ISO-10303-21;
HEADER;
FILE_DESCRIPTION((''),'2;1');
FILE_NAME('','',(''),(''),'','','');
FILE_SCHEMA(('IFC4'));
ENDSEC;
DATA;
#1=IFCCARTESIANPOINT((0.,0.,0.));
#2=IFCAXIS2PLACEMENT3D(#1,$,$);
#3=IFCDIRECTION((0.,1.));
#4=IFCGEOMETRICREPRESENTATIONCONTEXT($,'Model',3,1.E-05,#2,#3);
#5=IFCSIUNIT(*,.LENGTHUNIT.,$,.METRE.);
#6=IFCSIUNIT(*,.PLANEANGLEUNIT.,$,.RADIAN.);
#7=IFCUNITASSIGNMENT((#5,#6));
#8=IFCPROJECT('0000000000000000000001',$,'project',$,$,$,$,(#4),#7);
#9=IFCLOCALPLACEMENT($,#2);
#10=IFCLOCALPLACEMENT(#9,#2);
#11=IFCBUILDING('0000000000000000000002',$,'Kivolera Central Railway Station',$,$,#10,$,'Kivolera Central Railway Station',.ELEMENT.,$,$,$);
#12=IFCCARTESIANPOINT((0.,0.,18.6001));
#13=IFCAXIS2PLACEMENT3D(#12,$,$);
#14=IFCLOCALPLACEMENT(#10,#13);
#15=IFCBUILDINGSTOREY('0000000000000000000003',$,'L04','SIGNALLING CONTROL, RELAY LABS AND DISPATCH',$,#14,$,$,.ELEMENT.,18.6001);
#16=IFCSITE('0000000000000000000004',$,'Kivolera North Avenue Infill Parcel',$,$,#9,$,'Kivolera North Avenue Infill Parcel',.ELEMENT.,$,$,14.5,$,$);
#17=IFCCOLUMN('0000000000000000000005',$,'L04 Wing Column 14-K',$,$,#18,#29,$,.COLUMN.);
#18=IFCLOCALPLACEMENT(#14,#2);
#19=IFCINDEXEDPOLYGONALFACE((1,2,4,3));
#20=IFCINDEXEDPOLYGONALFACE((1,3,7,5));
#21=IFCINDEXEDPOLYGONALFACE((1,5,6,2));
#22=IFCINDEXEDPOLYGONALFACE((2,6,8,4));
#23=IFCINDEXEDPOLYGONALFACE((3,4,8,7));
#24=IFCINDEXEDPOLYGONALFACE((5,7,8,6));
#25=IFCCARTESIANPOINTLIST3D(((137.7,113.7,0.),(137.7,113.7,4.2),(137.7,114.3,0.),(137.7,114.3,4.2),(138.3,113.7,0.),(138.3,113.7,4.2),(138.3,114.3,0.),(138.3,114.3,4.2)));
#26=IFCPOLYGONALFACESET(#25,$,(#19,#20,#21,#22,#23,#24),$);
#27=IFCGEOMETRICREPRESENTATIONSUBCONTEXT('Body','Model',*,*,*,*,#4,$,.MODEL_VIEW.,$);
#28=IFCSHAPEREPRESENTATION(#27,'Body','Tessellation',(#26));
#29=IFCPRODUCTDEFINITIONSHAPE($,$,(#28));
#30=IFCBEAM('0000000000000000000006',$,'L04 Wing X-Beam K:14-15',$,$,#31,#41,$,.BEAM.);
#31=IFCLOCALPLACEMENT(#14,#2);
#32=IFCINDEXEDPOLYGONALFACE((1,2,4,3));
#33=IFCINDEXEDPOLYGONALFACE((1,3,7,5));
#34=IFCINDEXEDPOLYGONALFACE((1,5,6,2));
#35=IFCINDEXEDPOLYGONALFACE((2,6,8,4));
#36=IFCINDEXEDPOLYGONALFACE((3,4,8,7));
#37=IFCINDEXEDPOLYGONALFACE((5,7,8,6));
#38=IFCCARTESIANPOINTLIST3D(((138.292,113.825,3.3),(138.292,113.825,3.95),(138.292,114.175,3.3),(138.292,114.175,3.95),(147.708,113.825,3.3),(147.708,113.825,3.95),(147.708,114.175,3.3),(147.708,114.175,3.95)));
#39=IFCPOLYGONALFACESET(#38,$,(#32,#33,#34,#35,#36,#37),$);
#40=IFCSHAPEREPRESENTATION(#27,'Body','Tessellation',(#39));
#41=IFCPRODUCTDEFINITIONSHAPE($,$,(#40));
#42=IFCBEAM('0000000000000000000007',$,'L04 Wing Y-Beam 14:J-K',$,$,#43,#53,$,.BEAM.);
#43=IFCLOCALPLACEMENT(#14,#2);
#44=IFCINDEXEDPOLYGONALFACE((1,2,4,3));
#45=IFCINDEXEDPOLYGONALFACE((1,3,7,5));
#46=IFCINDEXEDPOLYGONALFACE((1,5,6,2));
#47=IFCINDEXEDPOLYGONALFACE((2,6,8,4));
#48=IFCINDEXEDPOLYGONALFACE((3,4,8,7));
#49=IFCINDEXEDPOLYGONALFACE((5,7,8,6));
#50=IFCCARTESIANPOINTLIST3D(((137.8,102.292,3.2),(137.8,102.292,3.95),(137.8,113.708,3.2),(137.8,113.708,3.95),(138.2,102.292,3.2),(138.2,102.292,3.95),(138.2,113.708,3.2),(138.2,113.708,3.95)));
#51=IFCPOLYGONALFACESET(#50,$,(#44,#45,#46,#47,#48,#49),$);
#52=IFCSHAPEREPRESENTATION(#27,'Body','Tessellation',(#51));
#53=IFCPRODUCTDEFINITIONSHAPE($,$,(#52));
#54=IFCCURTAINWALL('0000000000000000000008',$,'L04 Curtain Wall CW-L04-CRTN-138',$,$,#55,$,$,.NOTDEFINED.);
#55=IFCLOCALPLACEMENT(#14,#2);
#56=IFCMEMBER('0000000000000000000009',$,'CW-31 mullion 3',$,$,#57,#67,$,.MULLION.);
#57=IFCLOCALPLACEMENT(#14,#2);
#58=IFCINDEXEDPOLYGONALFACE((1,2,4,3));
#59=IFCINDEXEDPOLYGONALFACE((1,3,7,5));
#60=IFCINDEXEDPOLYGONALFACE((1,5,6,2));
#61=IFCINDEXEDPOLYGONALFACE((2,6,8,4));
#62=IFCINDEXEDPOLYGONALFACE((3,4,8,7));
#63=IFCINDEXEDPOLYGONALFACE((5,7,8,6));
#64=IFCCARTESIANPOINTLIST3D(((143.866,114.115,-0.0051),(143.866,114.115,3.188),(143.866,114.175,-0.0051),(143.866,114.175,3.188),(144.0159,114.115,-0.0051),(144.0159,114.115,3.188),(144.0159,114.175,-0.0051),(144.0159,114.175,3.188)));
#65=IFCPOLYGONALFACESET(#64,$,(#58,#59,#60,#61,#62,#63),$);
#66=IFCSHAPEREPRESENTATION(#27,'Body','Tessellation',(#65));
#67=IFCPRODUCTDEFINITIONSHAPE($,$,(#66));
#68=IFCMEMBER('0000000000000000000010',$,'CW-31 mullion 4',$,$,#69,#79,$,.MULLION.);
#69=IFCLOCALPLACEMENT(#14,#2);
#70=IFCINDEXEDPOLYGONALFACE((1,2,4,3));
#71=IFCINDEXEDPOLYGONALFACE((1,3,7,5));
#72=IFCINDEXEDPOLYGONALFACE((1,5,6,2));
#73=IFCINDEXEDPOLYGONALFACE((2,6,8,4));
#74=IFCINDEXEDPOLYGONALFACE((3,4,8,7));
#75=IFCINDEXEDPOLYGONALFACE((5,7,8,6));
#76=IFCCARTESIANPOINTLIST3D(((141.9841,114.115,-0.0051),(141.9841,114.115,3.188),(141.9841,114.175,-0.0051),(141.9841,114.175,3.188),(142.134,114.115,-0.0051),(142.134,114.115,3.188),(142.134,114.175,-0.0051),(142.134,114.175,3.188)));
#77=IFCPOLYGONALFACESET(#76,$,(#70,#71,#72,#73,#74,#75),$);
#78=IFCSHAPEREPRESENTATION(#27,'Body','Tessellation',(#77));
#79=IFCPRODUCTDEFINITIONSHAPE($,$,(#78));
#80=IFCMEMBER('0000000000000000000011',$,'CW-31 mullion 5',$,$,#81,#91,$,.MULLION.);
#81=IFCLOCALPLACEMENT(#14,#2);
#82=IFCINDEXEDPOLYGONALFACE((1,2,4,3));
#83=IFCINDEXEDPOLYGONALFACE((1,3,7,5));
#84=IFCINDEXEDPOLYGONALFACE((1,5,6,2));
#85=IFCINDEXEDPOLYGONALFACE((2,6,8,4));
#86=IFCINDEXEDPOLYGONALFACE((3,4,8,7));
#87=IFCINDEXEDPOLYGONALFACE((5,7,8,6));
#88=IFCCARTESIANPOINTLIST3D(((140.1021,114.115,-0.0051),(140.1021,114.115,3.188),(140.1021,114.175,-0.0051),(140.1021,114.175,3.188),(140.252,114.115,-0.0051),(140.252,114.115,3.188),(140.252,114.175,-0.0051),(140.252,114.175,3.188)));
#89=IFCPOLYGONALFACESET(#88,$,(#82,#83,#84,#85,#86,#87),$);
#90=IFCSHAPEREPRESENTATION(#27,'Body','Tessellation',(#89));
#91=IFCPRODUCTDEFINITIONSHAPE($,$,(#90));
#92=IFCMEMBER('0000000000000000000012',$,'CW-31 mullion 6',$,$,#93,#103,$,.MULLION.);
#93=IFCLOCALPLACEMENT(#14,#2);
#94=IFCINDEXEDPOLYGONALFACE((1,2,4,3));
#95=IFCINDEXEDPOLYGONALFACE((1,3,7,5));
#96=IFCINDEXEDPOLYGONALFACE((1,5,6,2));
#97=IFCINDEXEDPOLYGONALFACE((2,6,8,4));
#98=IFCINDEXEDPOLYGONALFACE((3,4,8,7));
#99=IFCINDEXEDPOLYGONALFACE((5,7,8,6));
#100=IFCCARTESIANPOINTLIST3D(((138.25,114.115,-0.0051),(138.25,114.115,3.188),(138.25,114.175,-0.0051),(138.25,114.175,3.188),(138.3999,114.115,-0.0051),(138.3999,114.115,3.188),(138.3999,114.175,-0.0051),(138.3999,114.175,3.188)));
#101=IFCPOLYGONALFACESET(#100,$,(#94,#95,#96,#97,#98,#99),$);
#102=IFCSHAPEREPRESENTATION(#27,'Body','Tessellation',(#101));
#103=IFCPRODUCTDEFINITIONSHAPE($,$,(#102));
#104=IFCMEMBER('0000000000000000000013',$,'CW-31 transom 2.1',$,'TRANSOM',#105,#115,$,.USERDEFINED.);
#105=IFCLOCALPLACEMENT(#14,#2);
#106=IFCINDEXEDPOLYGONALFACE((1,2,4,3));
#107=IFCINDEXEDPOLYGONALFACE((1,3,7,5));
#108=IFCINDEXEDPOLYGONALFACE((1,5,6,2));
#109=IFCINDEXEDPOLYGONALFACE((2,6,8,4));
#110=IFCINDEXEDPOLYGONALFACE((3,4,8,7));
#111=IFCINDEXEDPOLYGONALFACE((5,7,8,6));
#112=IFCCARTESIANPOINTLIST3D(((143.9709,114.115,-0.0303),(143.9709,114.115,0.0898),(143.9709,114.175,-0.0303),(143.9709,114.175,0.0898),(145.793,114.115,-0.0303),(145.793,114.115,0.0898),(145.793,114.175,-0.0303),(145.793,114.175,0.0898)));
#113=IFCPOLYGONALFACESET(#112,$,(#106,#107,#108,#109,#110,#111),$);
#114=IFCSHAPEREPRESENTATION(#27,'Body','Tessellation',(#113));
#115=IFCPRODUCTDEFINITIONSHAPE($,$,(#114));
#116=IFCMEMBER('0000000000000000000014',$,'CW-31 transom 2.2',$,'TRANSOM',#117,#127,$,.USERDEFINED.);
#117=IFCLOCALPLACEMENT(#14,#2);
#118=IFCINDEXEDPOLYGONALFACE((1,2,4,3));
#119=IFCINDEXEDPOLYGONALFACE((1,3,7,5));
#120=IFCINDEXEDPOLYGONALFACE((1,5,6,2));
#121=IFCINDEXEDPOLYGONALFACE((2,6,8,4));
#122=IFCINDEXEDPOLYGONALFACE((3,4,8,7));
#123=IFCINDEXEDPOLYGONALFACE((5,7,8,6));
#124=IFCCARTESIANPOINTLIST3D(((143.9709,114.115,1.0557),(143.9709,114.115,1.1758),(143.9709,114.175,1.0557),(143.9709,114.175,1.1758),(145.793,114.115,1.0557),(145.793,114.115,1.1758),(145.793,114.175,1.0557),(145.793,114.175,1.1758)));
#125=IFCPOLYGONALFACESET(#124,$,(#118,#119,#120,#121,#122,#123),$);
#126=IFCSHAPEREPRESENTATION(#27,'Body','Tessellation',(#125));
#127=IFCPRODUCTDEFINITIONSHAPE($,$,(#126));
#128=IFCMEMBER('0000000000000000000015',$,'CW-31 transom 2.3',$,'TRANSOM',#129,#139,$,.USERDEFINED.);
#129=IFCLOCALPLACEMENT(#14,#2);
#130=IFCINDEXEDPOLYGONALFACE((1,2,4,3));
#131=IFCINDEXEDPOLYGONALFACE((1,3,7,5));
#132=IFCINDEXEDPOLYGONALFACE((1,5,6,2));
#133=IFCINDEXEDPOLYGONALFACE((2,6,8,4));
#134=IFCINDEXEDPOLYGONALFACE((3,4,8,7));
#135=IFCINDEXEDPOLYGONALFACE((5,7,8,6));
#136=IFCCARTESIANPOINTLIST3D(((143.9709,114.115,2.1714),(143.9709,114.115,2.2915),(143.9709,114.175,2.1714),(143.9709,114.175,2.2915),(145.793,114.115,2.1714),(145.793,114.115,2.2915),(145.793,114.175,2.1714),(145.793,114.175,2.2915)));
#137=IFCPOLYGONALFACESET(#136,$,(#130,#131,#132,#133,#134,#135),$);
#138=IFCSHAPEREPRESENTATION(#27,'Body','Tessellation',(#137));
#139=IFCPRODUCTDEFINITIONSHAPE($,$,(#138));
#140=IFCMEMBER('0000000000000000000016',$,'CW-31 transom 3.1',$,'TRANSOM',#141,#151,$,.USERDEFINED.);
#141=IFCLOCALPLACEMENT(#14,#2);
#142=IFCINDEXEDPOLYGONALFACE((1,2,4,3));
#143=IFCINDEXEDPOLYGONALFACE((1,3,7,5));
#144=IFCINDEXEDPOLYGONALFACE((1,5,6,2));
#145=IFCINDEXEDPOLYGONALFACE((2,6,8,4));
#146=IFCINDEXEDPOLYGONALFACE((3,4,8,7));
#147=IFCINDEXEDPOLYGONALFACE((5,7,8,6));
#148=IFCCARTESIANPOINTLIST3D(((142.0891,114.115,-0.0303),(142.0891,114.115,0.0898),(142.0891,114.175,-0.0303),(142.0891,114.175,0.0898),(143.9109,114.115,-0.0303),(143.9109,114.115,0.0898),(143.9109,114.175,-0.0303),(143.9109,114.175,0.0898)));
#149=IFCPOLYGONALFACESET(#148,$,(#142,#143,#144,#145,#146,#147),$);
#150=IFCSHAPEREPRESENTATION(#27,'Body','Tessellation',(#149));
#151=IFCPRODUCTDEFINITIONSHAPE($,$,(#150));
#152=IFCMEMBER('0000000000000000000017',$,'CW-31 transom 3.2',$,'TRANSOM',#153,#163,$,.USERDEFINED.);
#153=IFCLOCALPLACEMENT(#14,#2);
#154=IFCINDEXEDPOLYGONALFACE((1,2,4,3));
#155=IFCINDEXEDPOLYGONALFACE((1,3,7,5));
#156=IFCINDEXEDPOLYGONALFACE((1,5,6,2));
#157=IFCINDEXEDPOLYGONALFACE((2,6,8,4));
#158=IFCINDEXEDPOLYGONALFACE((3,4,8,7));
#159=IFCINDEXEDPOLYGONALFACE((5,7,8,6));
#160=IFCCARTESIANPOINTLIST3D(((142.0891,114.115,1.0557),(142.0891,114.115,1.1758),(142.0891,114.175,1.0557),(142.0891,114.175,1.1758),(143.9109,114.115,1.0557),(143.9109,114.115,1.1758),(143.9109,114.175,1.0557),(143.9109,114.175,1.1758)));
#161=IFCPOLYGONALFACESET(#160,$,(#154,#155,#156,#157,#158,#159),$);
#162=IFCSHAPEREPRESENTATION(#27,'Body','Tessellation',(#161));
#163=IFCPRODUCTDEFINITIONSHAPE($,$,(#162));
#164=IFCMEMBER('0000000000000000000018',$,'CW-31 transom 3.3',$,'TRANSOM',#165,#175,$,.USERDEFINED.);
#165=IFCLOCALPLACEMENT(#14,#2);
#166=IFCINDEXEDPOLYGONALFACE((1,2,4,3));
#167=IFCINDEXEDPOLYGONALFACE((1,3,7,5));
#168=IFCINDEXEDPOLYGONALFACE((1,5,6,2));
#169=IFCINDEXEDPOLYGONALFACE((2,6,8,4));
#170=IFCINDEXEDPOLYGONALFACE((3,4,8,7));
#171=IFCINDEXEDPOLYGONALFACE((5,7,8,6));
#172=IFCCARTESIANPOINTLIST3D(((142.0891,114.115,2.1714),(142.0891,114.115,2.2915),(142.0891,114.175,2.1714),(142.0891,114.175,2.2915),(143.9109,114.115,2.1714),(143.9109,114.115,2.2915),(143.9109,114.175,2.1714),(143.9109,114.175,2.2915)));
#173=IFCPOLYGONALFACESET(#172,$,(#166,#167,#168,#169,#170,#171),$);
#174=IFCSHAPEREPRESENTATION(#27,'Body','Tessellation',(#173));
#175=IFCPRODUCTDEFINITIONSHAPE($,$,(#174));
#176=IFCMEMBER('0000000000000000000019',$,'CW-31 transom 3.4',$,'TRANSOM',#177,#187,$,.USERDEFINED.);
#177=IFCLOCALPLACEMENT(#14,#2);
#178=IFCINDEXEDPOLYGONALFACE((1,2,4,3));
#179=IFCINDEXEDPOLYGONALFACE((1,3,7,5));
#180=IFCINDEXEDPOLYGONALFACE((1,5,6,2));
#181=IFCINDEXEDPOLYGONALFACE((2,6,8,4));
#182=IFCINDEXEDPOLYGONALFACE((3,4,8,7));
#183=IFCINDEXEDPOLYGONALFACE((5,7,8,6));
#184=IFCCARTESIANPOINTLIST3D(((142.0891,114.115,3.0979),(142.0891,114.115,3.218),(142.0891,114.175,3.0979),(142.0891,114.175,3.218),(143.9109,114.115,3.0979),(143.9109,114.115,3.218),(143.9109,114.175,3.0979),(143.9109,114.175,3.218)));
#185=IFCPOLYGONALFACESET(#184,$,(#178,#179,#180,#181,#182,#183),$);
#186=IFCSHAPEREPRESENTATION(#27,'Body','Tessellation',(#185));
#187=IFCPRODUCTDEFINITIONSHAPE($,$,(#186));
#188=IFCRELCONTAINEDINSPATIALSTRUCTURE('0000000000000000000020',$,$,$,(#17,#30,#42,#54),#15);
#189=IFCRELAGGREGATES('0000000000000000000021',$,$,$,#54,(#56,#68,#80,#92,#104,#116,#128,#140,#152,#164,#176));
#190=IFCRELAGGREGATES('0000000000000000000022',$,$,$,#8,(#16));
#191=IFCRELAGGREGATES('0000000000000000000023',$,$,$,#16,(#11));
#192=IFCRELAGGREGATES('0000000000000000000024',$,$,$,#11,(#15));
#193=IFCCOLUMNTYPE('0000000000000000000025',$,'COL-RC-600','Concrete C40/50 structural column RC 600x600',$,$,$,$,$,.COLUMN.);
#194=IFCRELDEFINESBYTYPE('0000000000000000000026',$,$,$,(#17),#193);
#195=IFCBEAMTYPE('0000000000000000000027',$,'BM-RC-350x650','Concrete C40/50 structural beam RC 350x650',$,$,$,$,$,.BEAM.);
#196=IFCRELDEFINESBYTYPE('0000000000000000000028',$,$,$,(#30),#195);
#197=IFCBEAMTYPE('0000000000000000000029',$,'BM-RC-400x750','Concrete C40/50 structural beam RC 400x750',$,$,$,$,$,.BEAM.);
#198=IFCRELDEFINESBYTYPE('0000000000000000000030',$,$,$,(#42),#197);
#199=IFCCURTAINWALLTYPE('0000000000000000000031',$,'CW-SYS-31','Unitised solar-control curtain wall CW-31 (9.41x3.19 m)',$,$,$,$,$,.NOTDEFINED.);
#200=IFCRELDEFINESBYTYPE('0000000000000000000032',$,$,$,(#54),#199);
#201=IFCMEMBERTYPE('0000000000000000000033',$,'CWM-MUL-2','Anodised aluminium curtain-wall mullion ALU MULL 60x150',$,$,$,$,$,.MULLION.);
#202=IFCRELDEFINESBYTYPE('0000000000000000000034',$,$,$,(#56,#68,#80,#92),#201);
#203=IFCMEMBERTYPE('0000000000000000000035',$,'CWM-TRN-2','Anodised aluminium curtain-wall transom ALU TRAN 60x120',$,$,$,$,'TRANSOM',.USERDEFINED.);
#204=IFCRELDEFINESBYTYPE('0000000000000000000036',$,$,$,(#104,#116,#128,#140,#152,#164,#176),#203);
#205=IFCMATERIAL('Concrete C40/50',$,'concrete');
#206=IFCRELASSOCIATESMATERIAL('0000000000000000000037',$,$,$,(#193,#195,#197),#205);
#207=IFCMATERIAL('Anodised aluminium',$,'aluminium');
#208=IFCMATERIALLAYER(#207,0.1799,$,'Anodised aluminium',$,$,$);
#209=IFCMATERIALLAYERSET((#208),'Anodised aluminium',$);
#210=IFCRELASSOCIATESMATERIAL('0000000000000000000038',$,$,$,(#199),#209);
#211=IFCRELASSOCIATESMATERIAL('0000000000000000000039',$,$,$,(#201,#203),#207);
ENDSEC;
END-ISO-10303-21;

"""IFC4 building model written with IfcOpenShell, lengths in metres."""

from ifc_helpers import new_model, si_unit, direction, frame, origin, origin_2d, place, context, subcontext, project, spatial, rectangle, extrude, material, layer, layer_set, material_profile, profile_set, type_object, element, aggregate, save


model = new_model("IFC4")

# Units and contexts
model_context = context("Model", 3, precision=1e-05, world=origin(), true_north=direction((0.0, 1.0)))
body_context = subcontext(model_context, "Body", "Model", "MODEL_VIEW")
ifc_project = project(units=[si_unit("LENGTHUNIT", "METRE"), si_unit("PLANEANGLEUNIT", "RADIAN")], contexts=[model_context])

# Site, building, storey
site_placement = place(None, origin())
site = spatial("IfcSite", under=ifc_project, at=site_placement, Name="Kivolera North Avenue Infill Parcel", LongName="Kivolera North Avenue Infill Parcel", CompositionType="ELEMENT", RefElevation=14.5)
building_placement = place(site_placement, origin())
building = spatial("IfcBuilding", under=site, at=building_placement, Name="Kivolera Central Railway Station", LongName="Kivolera Central Railway Station", CompositionType="ELEMENT")
storey_placement = place(building_placement, frame((0.0, 0.0, 18.6001)))
storey = spatial("IfcBuildingStorey", under=building, at=storey_placement, Name="L04", Description="SIGNALLING CONTROL, RELAY LABS AND DISPATCH", CompositionType="ELEMENT", Elevation=18.6001)

# Column
ifc_material_1 = material(Name="Concrete C40/50", Category="concrete")
ifc_material_profile_1 = material_profile(ifc_material_1, rectangle(XDim=0.6001, YDim=0.6001, at=origin_2d()), Name="RC 600x600")
ifc_profile_set_1 = profile_set([ifc_material_profile_1], Name="Concrete C40/50")
column_type = type_object("IfcColumnType", Name="COL-RC-600", Description="Concrete C40/50 structural column RC 600x600", PredefinedType="COLUMN", material=ifc_profile_set_1)
column_placement = place(storey_placement, frame((138.0, 114.0, 0.0), z_axis=(0.0, 0.0, 1.0), x_axis=(1.0, 0.0, 0.0)))
element("IfcColumn", 1, at=column_placement, inside=storey, type_object=column_type, Name="L04 Wing Column 14-K", PredefinedType="COLUMN", context=body_context, shape_type="SweptSolid", body=[
    extrude(rectangle(XDim=0.6001, YDim=0.6001, at=origin_2d()), origin(), (0.0, 0.0, 1.0), 4.2),
])

# Beams
ifc_material_profile_2 = material_profile(ifc_material_1, rectangle(XDim=0.3501, YDim=0.6499, at=origin_2d()), Name="RC 350x650")
ifc_profile_set_2 = profile_set([ifc_material_profile_2], Name="Concrete C40/50")
beam_type_1 = type_object("IfcBeamType", Name="BM-RC-350x650", Description="Concrete C40/50 structural beam RC 350x650", PredefinedType="BEAM", material=ifc_profile_set_2)
beam_1_placement = place(storey_placement, frame((138.292, 114.0, 3.625), z_axis=(1.0, 0.0, 0.0), x_axis=(0.0, 1.0, 0.0)))
element("IfcBeam", 2, at=beam_1_placement, inside=storey, type_object=beam_type_1, Name="L04 Wing X-Beam K:14-15", PredefinedType="BEAM", context=body_context, shape_type="SweptSolid", body=[
    extrude(rectangle(XDim=0.3501, YDim=0.6499, at=origin_2d()), origin(), (0.0, 0.0, 1.0), 9.416),
])
ifc_material_profile_3 = material_profile(ifc_material_1, rectangle(XDim=0.3999, YDim=0.75, at=origin_2d()), Name="RC 400x750")
ifc_profile_set_3 = profile_set([ifc_material_profile_3], Name="Concrete C40/50")
beam_type_2 = type_object("IfcBeamType", Name="BM-RC-400x750", Description="Concrete C40/50 structural beam RC 400x750", PredefinedType="BEAM", material=ifc_profile_set_3)
beam_2_placement = place(storey_placement, frame((138.0, 102.292, 3.575), z_axis=(0.0, 1.0, 0.0), x_axis=(-1.0, 0.0, 0.0)))
element("IfcBeam", 3, at=beam_2_placement, inside=storey, type_object=beam_type_2, Name="L04 Wing Y-Beam 14:J-K", PredefinedType="BEAM", context=body_context, shape_type="SweptSolid", body=[
    extrude(rectangle(XDim=0.3999, YDim=0.75, at=origin_2d()), origin(), (0.0, 0.0, 1.0), 11.416),
])

# Curtain wall, members
ifc_material_2 = material(Name="Anodised aluminium", Category="aluminium")
ifc_layer_1 = layer(ifc_material_2, 0.1799, Name="Anodised aluminium")
ifc_layer_set_1 = layer_set([ifc_layer_1], Name="Anodised aluminium")
curtain_wall_type = type_object("IfcCurtainWallType", Name="CW-SYS-31", Description="Unitised solar-control curtain wall CW-31 (9.41x3.19 m)", PredefinedType="NOTDEFINED", material=ifc_layer_set_1)
curtain_wall_placement = place(storey_placement, origin())
curtain_wall = element("IfcCurtainWall", 4, at=curtain_wall_placement, inside=storey, type_object=curtain_wall_type, Name="L04 Curtain Wall CW-L04-CRTN-138", PredefinedType="NOTDEFINED")
ifc_material_profile_4 = material_profile(ifc_material_2, rectangle(XDim=0.0601, YDim=0.1499, at=origin_2d()), Name="ALU MULL 60x150")
ifc_profile_set_4 = profile_set([ifc_material_profile_4], Name="Anodised aluminium")
member_type_1 = type_object("IfcMemberType", Name="CWM-MUL-2", Description="Anodised aluminium curtain-wall mullion ALU MULL 60x150", PredefinedType="MULLION", material=ifc_profile_set_4)
member_1_placement = place(storey_placement, frame((143.9409, 114.145, -0.0051), z_axis=(0.0, 0.0, 1.0), x_axis=(0.0, -1.0, 0.0)))
member_1 = element("IfcMember", 5, at=member_1_placement, type_object=member_type_1, Name="CW-31 mullion 3", PredefinedType="MULLION", context=body_context, shape_type="SweptSolid", body=[
    extrude(rectangle(XDim=0.0601, YDim=0.1499, at=origin_2d()), origin(), (0.0, 0.0, 1.0), 3.1931),
])
member_2_placement = place(storey_placement, frame((142.0591, 114.145, -0.0051), z_axis=(0.0, 0.0, 1.0), x_axis=(0.0, -1.0, 0.0)))
member_2 = element("IfcMember", 6, at=member_2_placement, type_object=member_type_1, Name="CW-31 mullion 4", PredefinedType="MULLION", context=body_context, shape_type="SweptSolid", body=[
    extrude(rectangle(XDim=0.0601, YDim=0.1499, at=origin_2d()), origin(), (0.0, 0.0, 1.0), 3.1931),
])
member_3_placement = place(storey_placement, frame((140.177, 114.145, -0.0051), z_axis=(0.0, 0.0, 1.0), x_axis=(0.0, -1.0, 0.0)))
member_3 = element("IfcMember", 7, at=member_3_placement, type_object=member_type_1, Name="CW-31 mullion 5", PredefinedType="MULLION", context=body_context, shape_type="SweptSolid", body=[
    extrude(rectangle(XDim=0.0601, YDim=0.1499, at=origin_2d()), origin(), (0.0, 0.0, 1.0), 3.1931),
])
member_4_placement = place(storey_placement, frame((138.325, 114.145, -0.0051), z_axis=(0.0, 0.0, 1.0), x_axis=(0.0, -1.0, 0.0)))
member_4 = element("IfcMember", 8, at=member_4_placement, type_object=member_type_1, Name="CW-31 mullion 6", PredefinedType="MULLION", context=body_context, shape_type="SweptSolid", body=[
    extrude(rectangle(XDim=0.0601, YDim=0.1499, at=origin_2d()), origin(), (0.0, 0.0, 1.0), 3.1931),
])
ifc_material_profile_5 = material_profile(ifc_material_2, rectangle(XDim=0.0601, YDim=0.1201, at=origin_2d()), Name="ALU TRAN 60x120")
ifc_profile_set_5 = profile_set([ifc_material_profile_5], Name="Anodised aluminium")
member_type_2 = type_object("IfcMemberType", Name="CWM-TRN-2", Description="Anodised aluminium curtain-wall transom ALU TRAN 60x120", ElementType="TRANSOM", PredefinedType="USERDEFINED", material=ifc_profile_set_5)
member_5_placement = place(storey_placement, frame((145.793, 114.145, 0.0298), z_axis=(-1.0, 0.0, 0.0), x_axis=(0.0, -1.0, 0.0)))
member_5 = element("IfcMember", 9, at=member_5_placement, type_object=member_type_2, Name="CW-31 transom 2.1", ObjectType="TRANSOM", PredefinedType="USERDEFINED", context=body_context, shape_type="SweptSolid", body=[
    extrude(rectangle(XDim=0.0601, YDim=0.1201, at=origin_2d()), origin(), (0.0, 0.0, 1.0), 1.822),
])
member_6_placement = place(storey_placement, frame((145.793, 114.145, 1.1157), z_axis=(-1.0, 0.0, 0.0), x_axis=(0.0, -1.0, 0.0)))
member_6 = element("IfcMember", 10, at=member_6_placement, type_object=member_type_2, Name="CW-31 transom 2.2", ObjectType="TRANSOM", PredefinedType="USERDEFINED", context=body_context, shape_type="SweptSolid", body=[
    extrude(rectangle(XDim=0.0601, YDim=0.1201, at=origin_2d()), origin(), (0.0, 0.0, 1.0), 1.822),
])
member_7_placement = place(storey_placement, frame((145.793, 114.145, 2.2314), z_axis=(-1.0, 0.0, 0.0), x_axis=(0.0, -1.0, 0.0)))
member_7 = element("IfcMember", 11, at=member_7_placement, type_object=member_type_2, Name="CW-31 transom 2.3", ObjectType="TRANSOM", PredefinedType="USERDEFINED", context=body_context, shape_type="SweptSolid", body=[
    extrude(rectangle(XDim=0.0601, YDim=0.1201, at=origin_2d()), origin(), (0.0, 0.0, 1.0), 1.822),
])
member_8_placement = place(storey_placement, frame((143.9109, 114.145, 0.0298), z_axis=(-1.0, 0.0, 0.0), x_axis=(0.0, -1.0, 0.0)))
member_8 = element("IfcMember", 12, at=member_8_placement, type_object=member_type_2, Name="CW-31 transom 3.1", ObjectType="TRANSOM", PredefinedType="USERDEFINED", context=body_context, shape_type="SweptSolid", body=[
    extrude(rectangle(XDim=0.0601, YDim=0.1201, at=origin_2d()), origin(), (0.0, 0.0, 1.0), 1.8218),
])
member_9_placement = place(storey_placement, frame((143.9109, 114.145, 1.1157), z_axis=(-1.0, 0.0, 0.0), x_axis=(0.0, -1.0, 0.0)))
member_9 = element("IfcMember", 13, at=member_9_placement, type_object=member_type_2, Name="CW-31 transom 3.2", ObjectType="TRANSOM", PredefinedType="USERDEFINED", context=body_context, shape_type="SweptSolid", body=[
    extrude(rectangle(XDim=0.0601, YDim=0.1201, at=origin_2d()), origin(), (0.0, 0.0, 1.0), 1.8218),
])
member_10_placement = place(storey_placement, frame((143.9109, 114.145, 2.2314), z_axis=(-1.0, 0.0, 0.0), x_axis=(0.0, -1.0, 0.0)))
member_10 = element("IfcMember", 14, at=member_10_placement, type_object=member_type_2, Name="CW-31 transom 3.3", ObjectType="TRANSOM", PredefinedType="USERDEFINED", context=body_context, shape_type="SweptSolid", body=[
    extrude(rectangle(XDim=0.0601, YDim=0.1201, at=origin_2d()), origin(), (0.0, 0.0, 1.0), 1.8218),
])
member_11_placement = place(storey_placement, frame((143.9109, 114.145, 3.158), z_axis=(-1.0, 0.0, 0.0), x_axis=(0.0, -1.0, 0.0)))
member_11 = element("IfcMember", 15, at=member_11_placement, type_object=member_type_2, Name="CW-31 transom 3.4", ObjectType="TRANSOM", PredefinedType="USERDEFINED", context=body_context, shape_type="SweptSolid", body=[
    extrude(rectangle(XDim=0.0601, YDim=0.1201, at=origin_2d()), origin(), (0.0, 0.0, 1.0), 1.8218),
])
aggregate(curtain_wall, [member_1, member_2, member_3, member_4, member_5, member_6, member_7, member_8, member_9, member_10, member_11])

save(model, "model.ifc")
